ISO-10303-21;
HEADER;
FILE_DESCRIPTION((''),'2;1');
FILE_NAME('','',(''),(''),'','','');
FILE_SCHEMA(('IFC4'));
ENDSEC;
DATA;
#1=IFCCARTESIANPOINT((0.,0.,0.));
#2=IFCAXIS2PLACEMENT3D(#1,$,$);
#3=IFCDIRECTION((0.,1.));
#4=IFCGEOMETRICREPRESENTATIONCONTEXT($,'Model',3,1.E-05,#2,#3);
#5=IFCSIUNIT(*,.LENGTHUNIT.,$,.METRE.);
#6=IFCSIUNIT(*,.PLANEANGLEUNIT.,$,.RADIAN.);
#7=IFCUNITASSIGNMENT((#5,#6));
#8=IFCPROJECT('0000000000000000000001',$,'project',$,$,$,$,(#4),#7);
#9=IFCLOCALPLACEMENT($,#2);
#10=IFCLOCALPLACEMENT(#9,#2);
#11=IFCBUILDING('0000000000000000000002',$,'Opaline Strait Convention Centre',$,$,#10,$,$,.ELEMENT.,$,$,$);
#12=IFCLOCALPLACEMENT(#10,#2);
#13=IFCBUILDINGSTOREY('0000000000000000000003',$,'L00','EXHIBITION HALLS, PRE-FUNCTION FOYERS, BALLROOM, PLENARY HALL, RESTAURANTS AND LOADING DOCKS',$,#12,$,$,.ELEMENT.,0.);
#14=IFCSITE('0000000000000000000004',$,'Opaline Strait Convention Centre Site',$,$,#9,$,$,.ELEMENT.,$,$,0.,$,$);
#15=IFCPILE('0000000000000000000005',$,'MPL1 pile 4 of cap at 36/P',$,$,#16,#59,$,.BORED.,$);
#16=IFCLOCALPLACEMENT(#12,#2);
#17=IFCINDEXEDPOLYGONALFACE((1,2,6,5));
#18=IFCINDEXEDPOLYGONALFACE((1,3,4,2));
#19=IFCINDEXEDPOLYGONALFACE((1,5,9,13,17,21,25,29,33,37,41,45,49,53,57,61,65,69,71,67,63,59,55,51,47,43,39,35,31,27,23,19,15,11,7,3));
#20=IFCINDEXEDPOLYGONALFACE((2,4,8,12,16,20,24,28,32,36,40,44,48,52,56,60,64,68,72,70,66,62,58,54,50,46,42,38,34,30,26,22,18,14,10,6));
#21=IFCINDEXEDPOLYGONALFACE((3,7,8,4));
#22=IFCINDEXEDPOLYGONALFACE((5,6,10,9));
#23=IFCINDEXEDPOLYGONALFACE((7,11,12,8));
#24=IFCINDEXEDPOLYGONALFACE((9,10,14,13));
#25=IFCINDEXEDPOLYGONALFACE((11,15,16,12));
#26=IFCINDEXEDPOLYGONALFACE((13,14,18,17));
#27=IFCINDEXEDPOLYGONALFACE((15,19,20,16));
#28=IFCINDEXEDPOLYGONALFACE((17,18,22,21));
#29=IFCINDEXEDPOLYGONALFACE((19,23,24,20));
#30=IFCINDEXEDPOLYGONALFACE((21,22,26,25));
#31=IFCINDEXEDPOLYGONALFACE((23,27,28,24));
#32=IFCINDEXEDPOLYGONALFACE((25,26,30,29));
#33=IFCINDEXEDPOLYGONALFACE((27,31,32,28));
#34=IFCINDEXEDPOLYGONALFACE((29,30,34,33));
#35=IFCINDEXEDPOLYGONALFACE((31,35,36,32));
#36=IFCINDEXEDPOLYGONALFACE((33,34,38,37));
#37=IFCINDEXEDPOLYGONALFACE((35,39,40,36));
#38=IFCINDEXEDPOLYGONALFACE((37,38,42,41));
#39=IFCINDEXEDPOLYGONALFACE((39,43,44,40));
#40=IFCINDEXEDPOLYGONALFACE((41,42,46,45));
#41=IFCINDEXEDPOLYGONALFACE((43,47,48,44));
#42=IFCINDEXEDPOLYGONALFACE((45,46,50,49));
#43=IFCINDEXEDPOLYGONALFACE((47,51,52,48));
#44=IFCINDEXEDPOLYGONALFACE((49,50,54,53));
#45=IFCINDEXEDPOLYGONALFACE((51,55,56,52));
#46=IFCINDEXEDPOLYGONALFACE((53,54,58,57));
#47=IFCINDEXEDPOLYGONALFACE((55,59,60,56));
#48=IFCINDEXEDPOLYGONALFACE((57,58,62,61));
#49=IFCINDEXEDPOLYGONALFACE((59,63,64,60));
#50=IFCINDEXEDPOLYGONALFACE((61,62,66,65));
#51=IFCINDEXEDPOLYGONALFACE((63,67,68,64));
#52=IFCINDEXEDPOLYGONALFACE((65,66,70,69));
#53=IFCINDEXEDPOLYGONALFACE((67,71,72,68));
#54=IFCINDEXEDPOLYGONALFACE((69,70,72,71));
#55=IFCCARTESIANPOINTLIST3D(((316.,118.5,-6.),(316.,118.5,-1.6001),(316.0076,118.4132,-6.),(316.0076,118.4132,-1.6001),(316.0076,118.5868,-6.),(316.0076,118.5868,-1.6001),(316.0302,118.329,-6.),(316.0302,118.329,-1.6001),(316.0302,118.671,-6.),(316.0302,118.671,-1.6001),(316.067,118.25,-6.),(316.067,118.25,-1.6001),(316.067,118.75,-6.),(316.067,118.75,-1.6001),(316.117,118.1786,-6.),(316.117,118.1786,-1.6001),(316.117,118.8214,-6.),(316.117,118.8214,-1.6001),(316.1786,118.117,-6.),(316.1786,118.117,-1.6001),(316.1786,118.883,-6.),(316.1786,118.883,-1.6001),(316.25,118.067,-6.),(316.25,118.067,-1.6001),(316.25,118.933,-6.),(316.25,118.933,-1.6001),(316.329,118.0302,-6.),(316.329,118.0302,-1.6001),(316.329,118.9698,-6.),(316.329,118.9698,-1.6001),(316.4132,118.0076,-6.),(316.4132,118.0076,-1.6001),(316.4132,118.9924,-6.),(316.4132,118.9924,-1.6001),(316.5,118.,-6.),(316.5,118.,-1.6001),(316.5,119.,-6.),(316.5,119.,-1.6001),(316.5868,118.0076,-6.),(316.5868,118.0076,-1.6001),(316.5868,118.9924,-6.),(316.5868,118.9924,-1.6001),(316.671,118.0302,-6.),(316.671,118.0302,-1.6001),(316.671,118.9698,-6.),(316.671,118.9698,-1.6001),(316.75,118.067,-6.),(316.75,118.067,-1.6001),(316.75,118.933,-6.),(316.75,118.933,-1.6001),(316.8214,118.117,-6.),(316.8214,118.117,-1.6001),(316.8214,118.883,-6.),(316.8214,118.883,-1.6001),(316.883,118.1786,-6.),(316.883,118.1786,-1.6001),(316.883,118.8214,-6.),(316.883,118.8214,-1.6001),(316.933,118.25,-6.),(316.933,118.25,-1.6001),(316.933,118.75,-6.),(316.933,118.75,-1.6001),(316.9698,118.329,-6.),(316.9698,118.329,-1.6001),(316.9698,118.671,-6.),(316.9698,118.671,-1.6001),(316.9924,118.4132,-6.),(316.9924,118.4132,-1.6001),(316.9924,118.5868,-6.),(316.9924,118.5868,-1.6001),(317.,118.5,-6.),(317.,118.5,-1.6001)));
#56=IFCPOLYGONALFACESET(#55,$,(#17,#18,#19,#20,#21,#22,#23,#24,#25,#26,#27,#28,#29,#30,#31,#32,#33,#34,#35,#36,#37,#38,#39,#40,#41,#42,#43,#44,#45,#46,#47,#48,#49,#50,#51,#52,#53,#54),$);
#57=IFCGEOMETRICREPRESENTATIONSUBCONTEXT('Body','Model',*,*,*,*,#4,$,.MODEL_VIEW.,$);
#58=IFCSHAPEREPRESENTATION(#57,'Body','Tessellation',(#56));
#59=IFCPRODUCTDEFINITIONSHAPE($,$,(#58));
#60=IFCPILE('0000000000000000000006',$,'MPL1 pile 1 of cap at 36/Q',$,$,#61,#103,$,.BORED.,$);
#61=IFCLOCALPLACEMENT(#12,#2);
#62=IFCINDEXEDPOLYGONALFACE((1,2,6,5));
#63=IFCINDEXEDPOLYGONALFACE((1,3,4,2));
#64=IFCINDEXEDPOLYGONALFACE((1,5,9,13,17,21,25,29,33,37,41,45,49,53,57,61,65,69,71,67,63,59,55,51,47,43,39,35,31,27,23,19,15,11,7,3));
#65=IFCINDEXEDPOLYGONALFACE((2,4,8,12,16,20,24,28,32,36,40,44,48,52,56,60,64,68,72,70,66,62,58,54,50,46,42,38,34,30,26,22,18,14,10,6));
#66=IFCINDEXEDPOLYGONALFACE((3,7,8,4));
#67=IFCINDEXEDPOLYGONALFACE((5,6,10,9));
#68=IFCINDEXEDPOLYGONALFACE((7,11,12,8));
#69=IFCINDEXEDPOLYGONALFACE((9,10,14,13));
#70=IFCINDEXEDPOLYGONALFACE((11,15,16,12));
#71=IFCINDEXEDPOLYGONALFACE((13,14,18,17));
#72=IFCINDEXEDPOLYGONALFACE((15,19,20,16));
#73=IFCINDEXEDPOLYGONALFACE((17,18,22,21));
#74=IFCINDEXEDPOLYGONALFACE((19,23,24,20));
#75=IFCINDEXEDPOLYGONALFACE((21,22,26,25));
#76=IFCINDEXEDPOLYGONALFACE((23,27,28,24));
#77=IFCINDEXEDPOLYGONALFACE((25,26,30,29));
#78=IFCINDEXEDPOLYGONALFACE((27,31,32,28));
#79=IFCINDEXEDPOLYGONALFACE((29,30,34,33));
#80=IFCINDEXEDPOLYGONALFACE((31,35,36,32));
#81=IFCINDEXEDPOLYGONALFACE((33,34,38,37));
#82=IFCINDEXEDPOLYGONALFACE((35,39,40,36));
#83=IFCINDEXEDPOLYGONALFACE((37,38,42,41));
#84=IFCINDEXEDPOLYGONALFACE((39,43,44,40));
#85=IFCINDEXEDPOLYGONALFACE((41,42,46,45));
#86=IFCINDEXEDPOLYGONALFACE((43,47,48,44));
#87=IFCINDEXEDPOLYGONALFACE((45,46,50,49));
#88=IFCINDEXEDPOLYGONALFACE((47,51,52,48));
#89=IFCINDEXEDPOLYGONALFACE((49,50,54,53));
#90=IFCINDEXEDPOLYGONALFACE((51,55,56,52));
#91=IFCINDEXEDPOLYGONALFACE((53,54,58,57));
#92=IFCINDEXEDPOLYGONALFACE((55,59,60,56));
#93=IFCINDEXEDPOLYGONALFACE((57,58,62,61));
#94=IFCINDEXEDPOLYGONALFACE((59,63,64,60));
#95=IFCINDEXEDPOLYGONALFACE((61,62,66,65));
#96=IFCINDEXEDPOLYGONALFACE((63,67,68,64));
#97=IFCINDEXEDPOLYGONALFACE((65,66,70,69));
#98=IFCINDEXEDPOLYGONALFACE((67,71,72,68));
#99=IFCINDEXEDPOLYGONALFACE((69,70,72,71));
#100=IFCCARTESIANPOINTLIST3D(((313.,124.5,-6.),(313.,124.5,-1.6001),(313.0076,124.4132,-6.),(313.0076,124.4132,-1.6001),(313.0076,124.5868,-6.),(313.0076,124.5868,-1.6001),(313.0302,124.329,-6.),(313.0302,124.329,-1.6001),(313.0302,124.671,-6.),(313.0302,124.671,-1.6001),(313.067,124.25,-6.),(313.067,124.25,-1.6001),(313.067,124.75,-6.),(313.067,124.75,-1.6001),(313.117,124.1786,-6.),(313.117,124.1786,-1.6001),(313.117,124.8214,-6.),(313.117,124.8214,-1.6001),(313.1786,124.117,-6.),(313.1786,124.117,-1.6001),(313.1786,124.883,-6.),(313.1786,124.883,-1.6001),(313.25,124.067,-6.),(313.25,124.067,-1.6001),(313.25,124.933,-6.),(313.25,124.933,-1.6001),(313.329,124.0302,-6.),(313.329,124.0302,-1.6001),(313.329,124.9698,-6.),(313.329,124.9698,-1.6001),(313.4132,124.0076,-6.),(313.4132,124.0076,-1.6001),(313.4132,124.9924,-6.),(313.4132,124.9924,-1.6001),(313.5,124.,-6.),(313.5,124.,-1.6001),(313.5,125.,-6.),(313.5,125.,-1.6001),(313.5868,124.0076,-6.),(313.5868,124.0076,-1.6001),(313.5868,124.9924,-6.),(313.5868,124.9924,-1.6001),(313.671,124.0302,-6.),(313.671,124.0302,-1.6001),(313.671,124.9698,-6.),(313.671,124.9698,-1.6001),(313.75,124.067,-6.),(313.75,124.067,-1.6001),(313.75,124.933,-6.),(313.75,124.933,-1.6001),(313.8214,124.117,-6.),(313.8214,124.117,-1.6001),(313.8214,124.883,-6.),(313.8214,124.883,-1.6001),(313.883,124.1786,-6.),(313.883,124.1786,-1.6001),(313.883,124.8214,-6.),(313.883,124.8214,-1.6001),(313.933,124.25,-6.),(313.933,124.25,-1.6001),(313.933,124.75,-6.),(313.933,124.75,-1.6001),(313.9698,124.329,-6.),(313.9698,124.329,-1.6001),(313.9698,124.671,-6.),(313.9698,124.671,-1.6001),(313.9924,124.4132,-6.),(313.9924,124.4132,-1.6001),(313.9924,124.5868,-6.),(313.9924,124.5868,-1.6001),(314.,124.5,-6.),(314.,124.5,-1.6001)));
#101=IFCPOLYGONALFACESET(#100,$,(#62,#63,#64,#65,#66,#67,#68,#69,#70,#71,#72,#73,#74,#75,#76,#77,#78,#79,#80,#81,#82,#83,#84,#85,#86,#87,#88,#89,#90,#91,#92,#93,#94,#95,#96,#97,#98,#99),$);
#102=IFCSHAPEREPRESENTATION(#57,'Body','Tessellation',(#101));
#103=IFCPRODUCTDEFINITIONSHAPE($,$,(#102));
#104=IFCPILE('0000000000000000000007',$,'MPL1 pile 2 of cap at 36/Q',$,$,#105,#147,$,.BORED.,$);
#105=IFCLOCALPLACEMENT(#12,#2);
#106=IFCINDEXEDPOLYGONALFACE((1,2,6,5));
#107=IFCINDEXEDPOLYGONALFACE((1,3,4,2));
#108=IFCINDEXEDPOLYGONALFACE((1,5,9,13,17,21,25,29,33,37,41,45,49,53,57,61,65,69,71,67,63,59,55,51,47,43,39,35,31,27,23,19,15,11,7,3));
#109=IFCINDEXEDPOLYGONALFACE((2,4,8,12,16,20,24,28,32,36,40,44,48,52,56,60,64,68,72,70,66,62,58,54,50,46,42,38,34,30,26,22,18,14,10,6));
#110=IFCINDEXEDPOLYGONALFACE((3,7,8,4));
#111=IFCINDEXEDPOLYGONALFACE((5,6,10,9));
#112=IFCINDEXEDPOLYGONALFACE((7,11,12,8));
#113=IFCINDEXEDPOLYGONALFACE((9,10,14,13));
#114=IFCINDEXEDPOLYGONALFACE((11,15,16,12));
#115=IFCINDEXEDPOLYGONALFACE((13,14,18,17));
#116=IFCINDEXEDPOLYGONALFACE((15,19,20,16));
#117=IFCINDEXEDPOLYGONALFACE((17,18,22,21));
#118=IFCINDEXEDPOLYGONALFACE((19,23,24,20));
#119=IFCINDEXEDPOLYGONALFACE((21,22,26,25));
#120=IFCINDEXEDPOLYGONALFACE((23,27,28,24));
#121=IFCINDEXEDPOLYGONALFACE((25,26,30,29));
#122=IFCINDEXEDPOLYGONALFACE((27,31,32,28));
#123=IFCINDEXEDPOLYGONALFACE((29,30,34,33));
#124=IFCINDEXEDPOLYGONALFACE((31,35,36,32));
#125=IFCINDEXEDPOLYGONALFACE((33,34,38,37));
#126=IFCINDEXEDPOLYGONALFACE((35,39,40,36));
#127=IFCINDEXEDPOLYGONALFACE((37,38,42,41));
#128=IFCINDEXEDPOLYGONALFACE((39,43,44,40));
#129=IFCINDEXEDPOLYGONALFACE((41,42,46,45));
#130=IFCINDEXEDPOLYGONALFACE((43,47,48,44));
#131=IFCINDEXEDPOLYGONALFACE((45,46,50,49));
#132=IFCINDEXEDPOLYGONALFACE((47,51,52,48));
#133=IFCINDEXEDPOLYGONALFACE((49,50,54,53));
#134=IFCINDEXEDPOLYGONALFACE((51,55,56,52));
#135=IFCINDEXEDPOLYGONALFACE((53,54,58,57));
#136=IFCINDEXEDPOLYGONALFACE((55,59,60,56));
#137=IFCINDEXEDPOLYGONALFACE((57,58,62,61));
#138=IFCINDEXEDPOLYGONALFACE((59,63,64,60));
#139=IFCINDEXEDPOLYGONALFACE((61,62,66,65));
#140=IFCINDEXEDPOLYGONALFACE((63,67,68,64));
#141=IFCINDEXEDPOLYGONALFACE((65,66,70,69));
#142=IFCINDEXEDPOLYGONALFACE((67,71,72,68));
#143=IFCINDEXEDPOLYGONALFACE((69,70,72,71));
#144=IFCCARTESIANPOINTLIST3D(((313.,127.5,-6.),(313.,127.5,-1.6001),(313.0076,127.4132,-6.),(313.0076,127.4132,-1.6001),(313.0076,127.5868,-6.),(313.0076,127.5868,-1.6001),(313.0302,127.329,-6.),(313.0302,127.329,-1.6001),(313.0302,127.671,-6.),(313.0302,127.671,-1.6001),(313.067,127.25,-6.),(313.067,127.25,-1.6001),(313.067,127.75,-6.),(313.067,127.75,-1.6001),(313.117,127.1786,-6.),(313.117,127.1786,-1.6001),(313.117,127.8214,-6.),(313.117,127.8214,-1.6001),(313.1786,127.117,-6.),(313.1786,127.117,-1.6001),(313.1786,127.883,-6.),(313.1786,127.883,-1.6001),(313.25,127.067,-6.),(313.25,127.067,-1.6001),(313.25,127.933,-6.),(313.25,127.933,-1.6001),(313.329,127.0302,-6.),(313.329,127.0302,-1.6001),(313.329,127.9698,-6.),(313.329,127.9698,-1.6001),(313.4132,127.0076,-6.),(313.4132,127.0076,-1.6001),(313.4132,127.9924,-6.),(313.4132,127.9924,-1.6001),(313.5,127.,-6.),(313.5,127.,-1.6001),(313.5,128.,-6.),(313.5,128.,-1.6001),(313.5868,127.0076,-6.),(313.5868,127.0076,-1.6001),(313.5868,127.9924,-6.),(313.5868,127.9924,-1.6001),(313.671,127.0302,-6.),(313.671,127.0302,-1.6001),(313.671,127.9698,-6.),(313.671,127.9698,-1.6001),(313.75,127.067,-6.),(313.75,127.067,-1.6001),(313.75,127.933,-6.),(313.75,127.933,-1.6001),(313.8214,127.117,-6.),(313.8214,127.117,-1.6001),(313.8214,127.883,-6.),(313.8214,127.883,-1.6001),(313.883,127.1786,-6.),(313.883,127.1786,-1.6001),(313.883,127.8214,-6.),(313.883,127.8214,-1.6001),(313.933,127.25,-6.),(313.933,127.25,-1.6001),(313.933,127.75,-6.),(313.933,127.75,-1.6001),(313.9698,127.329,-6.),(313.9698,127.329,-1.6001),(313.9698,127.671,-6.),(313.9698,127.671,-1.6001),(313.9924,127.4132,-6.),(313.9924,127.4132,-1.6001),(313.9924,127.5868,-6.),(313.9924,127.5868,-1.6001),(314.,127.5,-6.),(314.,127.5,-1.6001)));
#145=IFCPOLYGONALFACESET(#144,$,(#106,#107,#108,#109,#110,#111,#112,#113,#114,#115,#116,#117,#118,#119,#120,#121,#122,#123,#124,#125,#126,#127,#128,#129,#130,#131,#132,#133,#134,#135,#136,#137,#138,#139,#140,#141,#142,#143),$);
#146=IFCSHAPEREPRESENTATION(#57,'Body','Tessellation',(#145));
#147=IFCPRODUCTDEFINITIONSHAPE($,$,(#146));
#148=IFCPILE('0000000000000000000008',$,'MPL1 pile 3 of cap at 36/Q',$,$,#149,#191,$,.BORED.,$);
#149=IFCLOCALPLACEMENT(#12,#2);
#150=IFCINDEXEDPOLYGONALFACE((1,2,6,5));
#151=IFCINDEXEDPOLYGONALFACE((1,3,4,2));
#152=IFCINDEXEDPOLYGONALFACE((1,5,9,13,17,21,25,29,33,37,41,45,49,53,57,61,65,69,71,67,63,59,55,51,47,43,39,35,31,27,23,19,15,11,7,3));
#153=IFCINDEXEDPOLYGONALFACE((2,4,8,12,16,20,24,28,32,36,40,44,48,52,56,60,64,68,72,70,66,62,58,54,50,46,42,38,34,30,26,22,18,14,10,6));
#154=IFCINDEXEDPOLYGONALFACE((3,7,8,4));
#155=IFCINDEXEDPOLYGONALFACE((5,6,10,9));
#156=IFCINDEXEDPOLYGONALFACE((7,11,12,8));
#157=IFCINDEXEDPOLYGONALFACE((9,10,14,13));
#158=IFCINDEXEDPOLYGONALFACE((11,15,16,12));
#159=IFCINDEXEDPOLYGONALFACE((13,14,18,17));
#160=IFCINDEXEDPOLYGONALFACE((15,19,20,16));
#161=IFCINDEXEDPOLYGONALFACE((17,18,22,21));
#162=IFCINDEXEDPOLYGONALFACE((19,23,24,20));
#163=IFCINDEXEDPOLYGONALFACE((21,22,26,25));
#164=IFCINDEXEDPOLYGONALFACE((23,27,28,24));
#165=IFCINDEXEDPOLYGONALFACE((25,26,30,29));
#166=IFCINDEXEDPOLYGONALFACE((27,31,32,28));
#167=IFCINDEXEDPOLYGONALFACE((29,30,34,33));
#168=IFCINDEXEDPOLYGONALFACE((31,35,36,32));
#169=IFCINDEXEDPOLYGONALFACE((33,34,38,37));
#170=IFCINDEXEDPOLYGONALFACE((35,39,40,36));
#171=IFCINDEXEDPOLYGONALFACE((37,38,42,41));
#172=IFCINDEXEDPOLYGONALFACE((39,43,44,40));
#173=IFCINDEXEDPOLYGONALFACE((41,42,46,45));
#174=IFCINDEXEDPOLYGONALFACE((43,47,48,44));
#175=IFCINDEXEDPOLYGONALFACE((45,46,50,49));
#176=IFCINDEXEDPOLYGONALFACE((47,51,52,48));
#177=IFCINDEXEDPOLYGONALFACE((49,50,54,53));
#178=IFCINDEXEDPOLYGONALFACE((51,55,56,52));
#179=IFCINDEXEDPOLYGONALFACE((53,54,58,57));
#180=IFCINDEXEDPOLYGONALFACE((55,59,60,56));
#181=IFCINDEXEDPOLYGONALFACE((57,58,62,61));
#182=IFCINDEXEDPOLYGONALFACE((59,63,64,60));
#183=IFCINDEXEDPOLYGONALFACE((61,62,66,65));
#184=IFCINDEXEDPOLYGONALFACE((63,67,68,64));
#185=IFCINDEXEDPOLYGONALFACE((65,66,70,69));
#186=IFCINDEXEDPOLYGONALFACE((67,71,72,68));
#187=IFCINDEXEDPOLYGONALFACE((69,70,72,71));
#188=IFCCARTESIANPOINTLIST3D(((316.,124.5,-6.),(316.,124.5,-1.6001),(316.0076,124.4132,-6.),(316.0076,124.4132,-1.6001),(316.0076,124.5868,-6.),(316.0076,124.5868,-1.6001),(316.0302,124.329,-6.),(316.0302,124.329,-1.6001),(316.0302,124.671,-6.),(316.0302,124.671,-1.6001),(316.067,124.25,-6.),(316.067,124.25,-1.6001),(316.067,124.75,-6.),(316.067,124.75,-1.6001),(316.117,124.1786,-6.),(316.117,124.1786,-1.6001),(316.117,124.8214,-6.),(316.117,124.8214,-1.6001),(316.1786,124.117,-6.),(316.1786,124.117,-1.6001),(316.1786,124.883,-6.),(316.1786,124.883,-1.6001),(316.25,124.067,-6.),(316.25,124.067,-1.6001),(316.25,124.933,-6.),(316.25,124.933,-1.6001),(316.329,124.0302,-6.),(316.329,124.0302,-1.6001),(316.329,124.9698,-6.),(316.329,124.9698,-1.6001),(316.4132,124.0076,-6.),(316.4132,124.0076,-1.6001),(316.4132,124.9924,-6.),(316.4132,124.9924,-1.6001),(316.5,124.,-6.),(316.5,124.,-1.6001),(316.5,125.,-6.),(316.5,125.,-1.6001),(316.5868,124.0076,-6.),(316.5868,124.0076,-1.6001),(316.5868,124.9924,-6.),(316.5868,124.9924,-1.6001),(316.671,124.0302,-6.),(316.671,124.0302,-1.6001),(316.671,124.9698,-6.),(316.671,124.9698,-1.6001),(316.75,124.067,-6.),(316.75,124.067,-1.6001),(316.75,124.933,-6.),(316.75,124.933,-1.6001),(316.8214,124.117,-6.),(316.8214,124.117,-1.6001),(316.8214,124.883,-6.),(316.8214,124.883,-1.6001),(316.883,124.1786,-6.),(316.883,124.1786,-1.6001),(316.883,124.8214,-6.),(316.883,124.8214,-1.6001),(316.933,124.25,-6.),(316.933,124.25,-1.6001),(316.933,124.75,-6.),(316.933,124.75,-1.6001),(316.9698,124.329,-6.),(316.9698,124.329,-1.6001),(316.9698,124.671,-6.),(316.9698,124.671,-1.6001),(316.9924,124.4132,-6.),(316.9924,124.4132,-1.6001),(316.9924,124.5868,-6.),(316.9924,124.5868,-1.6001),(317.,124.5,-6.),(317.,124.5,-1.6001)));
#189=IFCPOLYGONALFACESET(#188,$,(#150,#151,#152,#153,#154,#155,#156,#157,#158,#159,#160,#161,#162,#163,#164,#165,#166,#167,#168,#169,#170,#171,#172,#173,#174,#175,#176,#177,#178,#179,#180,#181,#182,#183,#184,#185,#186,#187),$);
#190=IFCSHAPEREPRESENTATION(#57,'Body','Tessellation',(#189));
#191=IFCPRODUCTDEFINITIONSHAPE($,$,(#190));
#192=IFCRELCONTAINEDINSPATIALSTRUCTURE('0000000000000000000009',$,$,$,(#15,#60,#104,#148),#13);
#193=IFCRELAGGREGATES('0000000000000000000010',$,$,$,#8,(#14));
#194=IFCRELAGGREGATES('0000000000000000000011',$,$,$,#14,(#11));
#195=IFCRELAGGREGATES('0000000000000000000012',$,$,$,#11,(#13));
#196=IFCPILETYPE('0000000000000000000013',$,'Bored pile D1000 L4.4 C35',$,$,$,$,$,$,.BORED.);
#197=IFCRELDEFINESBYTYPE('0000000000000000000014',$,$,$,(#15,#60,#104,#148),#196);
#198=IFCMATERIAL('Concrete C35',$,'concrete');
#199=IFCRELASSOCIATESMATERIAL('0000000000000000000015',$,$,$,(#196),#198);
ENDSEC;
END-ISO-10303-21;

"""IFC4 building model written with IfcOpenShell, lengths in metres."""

from ifc_helpers import new_model, si_unit, direction, frame, origin, origin_2d, place, context, subcontext, project, spatial, circle, extrude, material, material_profile, profile_set, type_object, element, save


model = new_model("IFC4")

# Units and contexts
model_context = context("Model", 3, precision=1e-05, world=origin(), true_north=direction((0.0, 1.0)))
body_context = subcontext(model_context, "Body", "Model", "MODEL_VIEW")
ifc_project = project(units=[si_unit("LENGTHUNIT", "METRE"), si_unit("PLANEANGLEUNIT", "RADIAN")], contexts=[model_context])

# Site, building, storey
site_placement = place(None, origin())
site = spatial("IfcSite", under=ifc_project, at=site_placement, Name="Opaline Strait Convention Centre Site", CompositionType="ELEMENT", RefElevation=0.0)
building_placement = place(site_placement, origin())
building = spatial("IfcBuilding", under=site, at=building_placement, Name="Opaline Strait Convention Centre", CompositionType="ELEMENT")
storey_placement = place(building_placement, origin())
storey = spatial("IfcBuildingStorey", under=building, at=storey_placement, Name="L00", Description="EXHIBITION HALLS, PRE-FUNCTION FOYERS, BALLROOM, PLENARY HALL, RESTAURANTS AND LOADING DOCKS", CompositionType="ELEMENT", Elevation=0.0)

# Piles
ifc_material_1 = material(Name="Concrete C35", Category="concrete")
ifc_material_profile_1 = material_profile(ifc_material_1, circle(Radius=0.5, at=origin_2d()), Name="D1000")
ifc_profile_set_1 = profile_set([ifc_material_profile_1], Name="Concrete C35")
pile_type = type_object("IfcPileType", Name="Bored pile D1000 L4.4 C35", PredefinedType="BORED", material=ifc_profile_set_1)
for number, where, z_axis, x_axis, name in (
    (1, (316.5, 118.5, -1.6001), (0.0, 0.0, -1.0), (1.0, 0.0, 0.0), "MPL1 pile 4 of cap at 36/P"),
    (2, (313.5, 124.5, -1.6001), (0.0, 0.0, -1.0), (1.0, 0.0, 0.0), "MPL1 pile 1 of cap at 36/Q"),
    (3, (313.5, 127.5, -1.6001), (0.0, 0.0, -1.0), (1.0, 0.0, 0.0), "MPL1 pile 2 of cap at 36/Q"),
    (4, (316.5, 124.5, -1.6001), (0.0, 0.0, -1.0), (1.0, 0.0, 0.0), "MPL1 pile 3 of cap at 36/Q"),
):
    element("IfcPile", number, at=place(storey_placement, frame(where, z_axis=z_axis, x_axis=x_axis)), inside=storey, type_object=pile_type, Name=name, PredefinedType="BORED", context=body_context, shape_type="SweptSolid", body=[
        extrude(circle(Radius=0.5, at=origin_2d()), origin(), (0.0, 0.0, 1.0), 4.3999),
    ])

save(model, "model.ifc")
